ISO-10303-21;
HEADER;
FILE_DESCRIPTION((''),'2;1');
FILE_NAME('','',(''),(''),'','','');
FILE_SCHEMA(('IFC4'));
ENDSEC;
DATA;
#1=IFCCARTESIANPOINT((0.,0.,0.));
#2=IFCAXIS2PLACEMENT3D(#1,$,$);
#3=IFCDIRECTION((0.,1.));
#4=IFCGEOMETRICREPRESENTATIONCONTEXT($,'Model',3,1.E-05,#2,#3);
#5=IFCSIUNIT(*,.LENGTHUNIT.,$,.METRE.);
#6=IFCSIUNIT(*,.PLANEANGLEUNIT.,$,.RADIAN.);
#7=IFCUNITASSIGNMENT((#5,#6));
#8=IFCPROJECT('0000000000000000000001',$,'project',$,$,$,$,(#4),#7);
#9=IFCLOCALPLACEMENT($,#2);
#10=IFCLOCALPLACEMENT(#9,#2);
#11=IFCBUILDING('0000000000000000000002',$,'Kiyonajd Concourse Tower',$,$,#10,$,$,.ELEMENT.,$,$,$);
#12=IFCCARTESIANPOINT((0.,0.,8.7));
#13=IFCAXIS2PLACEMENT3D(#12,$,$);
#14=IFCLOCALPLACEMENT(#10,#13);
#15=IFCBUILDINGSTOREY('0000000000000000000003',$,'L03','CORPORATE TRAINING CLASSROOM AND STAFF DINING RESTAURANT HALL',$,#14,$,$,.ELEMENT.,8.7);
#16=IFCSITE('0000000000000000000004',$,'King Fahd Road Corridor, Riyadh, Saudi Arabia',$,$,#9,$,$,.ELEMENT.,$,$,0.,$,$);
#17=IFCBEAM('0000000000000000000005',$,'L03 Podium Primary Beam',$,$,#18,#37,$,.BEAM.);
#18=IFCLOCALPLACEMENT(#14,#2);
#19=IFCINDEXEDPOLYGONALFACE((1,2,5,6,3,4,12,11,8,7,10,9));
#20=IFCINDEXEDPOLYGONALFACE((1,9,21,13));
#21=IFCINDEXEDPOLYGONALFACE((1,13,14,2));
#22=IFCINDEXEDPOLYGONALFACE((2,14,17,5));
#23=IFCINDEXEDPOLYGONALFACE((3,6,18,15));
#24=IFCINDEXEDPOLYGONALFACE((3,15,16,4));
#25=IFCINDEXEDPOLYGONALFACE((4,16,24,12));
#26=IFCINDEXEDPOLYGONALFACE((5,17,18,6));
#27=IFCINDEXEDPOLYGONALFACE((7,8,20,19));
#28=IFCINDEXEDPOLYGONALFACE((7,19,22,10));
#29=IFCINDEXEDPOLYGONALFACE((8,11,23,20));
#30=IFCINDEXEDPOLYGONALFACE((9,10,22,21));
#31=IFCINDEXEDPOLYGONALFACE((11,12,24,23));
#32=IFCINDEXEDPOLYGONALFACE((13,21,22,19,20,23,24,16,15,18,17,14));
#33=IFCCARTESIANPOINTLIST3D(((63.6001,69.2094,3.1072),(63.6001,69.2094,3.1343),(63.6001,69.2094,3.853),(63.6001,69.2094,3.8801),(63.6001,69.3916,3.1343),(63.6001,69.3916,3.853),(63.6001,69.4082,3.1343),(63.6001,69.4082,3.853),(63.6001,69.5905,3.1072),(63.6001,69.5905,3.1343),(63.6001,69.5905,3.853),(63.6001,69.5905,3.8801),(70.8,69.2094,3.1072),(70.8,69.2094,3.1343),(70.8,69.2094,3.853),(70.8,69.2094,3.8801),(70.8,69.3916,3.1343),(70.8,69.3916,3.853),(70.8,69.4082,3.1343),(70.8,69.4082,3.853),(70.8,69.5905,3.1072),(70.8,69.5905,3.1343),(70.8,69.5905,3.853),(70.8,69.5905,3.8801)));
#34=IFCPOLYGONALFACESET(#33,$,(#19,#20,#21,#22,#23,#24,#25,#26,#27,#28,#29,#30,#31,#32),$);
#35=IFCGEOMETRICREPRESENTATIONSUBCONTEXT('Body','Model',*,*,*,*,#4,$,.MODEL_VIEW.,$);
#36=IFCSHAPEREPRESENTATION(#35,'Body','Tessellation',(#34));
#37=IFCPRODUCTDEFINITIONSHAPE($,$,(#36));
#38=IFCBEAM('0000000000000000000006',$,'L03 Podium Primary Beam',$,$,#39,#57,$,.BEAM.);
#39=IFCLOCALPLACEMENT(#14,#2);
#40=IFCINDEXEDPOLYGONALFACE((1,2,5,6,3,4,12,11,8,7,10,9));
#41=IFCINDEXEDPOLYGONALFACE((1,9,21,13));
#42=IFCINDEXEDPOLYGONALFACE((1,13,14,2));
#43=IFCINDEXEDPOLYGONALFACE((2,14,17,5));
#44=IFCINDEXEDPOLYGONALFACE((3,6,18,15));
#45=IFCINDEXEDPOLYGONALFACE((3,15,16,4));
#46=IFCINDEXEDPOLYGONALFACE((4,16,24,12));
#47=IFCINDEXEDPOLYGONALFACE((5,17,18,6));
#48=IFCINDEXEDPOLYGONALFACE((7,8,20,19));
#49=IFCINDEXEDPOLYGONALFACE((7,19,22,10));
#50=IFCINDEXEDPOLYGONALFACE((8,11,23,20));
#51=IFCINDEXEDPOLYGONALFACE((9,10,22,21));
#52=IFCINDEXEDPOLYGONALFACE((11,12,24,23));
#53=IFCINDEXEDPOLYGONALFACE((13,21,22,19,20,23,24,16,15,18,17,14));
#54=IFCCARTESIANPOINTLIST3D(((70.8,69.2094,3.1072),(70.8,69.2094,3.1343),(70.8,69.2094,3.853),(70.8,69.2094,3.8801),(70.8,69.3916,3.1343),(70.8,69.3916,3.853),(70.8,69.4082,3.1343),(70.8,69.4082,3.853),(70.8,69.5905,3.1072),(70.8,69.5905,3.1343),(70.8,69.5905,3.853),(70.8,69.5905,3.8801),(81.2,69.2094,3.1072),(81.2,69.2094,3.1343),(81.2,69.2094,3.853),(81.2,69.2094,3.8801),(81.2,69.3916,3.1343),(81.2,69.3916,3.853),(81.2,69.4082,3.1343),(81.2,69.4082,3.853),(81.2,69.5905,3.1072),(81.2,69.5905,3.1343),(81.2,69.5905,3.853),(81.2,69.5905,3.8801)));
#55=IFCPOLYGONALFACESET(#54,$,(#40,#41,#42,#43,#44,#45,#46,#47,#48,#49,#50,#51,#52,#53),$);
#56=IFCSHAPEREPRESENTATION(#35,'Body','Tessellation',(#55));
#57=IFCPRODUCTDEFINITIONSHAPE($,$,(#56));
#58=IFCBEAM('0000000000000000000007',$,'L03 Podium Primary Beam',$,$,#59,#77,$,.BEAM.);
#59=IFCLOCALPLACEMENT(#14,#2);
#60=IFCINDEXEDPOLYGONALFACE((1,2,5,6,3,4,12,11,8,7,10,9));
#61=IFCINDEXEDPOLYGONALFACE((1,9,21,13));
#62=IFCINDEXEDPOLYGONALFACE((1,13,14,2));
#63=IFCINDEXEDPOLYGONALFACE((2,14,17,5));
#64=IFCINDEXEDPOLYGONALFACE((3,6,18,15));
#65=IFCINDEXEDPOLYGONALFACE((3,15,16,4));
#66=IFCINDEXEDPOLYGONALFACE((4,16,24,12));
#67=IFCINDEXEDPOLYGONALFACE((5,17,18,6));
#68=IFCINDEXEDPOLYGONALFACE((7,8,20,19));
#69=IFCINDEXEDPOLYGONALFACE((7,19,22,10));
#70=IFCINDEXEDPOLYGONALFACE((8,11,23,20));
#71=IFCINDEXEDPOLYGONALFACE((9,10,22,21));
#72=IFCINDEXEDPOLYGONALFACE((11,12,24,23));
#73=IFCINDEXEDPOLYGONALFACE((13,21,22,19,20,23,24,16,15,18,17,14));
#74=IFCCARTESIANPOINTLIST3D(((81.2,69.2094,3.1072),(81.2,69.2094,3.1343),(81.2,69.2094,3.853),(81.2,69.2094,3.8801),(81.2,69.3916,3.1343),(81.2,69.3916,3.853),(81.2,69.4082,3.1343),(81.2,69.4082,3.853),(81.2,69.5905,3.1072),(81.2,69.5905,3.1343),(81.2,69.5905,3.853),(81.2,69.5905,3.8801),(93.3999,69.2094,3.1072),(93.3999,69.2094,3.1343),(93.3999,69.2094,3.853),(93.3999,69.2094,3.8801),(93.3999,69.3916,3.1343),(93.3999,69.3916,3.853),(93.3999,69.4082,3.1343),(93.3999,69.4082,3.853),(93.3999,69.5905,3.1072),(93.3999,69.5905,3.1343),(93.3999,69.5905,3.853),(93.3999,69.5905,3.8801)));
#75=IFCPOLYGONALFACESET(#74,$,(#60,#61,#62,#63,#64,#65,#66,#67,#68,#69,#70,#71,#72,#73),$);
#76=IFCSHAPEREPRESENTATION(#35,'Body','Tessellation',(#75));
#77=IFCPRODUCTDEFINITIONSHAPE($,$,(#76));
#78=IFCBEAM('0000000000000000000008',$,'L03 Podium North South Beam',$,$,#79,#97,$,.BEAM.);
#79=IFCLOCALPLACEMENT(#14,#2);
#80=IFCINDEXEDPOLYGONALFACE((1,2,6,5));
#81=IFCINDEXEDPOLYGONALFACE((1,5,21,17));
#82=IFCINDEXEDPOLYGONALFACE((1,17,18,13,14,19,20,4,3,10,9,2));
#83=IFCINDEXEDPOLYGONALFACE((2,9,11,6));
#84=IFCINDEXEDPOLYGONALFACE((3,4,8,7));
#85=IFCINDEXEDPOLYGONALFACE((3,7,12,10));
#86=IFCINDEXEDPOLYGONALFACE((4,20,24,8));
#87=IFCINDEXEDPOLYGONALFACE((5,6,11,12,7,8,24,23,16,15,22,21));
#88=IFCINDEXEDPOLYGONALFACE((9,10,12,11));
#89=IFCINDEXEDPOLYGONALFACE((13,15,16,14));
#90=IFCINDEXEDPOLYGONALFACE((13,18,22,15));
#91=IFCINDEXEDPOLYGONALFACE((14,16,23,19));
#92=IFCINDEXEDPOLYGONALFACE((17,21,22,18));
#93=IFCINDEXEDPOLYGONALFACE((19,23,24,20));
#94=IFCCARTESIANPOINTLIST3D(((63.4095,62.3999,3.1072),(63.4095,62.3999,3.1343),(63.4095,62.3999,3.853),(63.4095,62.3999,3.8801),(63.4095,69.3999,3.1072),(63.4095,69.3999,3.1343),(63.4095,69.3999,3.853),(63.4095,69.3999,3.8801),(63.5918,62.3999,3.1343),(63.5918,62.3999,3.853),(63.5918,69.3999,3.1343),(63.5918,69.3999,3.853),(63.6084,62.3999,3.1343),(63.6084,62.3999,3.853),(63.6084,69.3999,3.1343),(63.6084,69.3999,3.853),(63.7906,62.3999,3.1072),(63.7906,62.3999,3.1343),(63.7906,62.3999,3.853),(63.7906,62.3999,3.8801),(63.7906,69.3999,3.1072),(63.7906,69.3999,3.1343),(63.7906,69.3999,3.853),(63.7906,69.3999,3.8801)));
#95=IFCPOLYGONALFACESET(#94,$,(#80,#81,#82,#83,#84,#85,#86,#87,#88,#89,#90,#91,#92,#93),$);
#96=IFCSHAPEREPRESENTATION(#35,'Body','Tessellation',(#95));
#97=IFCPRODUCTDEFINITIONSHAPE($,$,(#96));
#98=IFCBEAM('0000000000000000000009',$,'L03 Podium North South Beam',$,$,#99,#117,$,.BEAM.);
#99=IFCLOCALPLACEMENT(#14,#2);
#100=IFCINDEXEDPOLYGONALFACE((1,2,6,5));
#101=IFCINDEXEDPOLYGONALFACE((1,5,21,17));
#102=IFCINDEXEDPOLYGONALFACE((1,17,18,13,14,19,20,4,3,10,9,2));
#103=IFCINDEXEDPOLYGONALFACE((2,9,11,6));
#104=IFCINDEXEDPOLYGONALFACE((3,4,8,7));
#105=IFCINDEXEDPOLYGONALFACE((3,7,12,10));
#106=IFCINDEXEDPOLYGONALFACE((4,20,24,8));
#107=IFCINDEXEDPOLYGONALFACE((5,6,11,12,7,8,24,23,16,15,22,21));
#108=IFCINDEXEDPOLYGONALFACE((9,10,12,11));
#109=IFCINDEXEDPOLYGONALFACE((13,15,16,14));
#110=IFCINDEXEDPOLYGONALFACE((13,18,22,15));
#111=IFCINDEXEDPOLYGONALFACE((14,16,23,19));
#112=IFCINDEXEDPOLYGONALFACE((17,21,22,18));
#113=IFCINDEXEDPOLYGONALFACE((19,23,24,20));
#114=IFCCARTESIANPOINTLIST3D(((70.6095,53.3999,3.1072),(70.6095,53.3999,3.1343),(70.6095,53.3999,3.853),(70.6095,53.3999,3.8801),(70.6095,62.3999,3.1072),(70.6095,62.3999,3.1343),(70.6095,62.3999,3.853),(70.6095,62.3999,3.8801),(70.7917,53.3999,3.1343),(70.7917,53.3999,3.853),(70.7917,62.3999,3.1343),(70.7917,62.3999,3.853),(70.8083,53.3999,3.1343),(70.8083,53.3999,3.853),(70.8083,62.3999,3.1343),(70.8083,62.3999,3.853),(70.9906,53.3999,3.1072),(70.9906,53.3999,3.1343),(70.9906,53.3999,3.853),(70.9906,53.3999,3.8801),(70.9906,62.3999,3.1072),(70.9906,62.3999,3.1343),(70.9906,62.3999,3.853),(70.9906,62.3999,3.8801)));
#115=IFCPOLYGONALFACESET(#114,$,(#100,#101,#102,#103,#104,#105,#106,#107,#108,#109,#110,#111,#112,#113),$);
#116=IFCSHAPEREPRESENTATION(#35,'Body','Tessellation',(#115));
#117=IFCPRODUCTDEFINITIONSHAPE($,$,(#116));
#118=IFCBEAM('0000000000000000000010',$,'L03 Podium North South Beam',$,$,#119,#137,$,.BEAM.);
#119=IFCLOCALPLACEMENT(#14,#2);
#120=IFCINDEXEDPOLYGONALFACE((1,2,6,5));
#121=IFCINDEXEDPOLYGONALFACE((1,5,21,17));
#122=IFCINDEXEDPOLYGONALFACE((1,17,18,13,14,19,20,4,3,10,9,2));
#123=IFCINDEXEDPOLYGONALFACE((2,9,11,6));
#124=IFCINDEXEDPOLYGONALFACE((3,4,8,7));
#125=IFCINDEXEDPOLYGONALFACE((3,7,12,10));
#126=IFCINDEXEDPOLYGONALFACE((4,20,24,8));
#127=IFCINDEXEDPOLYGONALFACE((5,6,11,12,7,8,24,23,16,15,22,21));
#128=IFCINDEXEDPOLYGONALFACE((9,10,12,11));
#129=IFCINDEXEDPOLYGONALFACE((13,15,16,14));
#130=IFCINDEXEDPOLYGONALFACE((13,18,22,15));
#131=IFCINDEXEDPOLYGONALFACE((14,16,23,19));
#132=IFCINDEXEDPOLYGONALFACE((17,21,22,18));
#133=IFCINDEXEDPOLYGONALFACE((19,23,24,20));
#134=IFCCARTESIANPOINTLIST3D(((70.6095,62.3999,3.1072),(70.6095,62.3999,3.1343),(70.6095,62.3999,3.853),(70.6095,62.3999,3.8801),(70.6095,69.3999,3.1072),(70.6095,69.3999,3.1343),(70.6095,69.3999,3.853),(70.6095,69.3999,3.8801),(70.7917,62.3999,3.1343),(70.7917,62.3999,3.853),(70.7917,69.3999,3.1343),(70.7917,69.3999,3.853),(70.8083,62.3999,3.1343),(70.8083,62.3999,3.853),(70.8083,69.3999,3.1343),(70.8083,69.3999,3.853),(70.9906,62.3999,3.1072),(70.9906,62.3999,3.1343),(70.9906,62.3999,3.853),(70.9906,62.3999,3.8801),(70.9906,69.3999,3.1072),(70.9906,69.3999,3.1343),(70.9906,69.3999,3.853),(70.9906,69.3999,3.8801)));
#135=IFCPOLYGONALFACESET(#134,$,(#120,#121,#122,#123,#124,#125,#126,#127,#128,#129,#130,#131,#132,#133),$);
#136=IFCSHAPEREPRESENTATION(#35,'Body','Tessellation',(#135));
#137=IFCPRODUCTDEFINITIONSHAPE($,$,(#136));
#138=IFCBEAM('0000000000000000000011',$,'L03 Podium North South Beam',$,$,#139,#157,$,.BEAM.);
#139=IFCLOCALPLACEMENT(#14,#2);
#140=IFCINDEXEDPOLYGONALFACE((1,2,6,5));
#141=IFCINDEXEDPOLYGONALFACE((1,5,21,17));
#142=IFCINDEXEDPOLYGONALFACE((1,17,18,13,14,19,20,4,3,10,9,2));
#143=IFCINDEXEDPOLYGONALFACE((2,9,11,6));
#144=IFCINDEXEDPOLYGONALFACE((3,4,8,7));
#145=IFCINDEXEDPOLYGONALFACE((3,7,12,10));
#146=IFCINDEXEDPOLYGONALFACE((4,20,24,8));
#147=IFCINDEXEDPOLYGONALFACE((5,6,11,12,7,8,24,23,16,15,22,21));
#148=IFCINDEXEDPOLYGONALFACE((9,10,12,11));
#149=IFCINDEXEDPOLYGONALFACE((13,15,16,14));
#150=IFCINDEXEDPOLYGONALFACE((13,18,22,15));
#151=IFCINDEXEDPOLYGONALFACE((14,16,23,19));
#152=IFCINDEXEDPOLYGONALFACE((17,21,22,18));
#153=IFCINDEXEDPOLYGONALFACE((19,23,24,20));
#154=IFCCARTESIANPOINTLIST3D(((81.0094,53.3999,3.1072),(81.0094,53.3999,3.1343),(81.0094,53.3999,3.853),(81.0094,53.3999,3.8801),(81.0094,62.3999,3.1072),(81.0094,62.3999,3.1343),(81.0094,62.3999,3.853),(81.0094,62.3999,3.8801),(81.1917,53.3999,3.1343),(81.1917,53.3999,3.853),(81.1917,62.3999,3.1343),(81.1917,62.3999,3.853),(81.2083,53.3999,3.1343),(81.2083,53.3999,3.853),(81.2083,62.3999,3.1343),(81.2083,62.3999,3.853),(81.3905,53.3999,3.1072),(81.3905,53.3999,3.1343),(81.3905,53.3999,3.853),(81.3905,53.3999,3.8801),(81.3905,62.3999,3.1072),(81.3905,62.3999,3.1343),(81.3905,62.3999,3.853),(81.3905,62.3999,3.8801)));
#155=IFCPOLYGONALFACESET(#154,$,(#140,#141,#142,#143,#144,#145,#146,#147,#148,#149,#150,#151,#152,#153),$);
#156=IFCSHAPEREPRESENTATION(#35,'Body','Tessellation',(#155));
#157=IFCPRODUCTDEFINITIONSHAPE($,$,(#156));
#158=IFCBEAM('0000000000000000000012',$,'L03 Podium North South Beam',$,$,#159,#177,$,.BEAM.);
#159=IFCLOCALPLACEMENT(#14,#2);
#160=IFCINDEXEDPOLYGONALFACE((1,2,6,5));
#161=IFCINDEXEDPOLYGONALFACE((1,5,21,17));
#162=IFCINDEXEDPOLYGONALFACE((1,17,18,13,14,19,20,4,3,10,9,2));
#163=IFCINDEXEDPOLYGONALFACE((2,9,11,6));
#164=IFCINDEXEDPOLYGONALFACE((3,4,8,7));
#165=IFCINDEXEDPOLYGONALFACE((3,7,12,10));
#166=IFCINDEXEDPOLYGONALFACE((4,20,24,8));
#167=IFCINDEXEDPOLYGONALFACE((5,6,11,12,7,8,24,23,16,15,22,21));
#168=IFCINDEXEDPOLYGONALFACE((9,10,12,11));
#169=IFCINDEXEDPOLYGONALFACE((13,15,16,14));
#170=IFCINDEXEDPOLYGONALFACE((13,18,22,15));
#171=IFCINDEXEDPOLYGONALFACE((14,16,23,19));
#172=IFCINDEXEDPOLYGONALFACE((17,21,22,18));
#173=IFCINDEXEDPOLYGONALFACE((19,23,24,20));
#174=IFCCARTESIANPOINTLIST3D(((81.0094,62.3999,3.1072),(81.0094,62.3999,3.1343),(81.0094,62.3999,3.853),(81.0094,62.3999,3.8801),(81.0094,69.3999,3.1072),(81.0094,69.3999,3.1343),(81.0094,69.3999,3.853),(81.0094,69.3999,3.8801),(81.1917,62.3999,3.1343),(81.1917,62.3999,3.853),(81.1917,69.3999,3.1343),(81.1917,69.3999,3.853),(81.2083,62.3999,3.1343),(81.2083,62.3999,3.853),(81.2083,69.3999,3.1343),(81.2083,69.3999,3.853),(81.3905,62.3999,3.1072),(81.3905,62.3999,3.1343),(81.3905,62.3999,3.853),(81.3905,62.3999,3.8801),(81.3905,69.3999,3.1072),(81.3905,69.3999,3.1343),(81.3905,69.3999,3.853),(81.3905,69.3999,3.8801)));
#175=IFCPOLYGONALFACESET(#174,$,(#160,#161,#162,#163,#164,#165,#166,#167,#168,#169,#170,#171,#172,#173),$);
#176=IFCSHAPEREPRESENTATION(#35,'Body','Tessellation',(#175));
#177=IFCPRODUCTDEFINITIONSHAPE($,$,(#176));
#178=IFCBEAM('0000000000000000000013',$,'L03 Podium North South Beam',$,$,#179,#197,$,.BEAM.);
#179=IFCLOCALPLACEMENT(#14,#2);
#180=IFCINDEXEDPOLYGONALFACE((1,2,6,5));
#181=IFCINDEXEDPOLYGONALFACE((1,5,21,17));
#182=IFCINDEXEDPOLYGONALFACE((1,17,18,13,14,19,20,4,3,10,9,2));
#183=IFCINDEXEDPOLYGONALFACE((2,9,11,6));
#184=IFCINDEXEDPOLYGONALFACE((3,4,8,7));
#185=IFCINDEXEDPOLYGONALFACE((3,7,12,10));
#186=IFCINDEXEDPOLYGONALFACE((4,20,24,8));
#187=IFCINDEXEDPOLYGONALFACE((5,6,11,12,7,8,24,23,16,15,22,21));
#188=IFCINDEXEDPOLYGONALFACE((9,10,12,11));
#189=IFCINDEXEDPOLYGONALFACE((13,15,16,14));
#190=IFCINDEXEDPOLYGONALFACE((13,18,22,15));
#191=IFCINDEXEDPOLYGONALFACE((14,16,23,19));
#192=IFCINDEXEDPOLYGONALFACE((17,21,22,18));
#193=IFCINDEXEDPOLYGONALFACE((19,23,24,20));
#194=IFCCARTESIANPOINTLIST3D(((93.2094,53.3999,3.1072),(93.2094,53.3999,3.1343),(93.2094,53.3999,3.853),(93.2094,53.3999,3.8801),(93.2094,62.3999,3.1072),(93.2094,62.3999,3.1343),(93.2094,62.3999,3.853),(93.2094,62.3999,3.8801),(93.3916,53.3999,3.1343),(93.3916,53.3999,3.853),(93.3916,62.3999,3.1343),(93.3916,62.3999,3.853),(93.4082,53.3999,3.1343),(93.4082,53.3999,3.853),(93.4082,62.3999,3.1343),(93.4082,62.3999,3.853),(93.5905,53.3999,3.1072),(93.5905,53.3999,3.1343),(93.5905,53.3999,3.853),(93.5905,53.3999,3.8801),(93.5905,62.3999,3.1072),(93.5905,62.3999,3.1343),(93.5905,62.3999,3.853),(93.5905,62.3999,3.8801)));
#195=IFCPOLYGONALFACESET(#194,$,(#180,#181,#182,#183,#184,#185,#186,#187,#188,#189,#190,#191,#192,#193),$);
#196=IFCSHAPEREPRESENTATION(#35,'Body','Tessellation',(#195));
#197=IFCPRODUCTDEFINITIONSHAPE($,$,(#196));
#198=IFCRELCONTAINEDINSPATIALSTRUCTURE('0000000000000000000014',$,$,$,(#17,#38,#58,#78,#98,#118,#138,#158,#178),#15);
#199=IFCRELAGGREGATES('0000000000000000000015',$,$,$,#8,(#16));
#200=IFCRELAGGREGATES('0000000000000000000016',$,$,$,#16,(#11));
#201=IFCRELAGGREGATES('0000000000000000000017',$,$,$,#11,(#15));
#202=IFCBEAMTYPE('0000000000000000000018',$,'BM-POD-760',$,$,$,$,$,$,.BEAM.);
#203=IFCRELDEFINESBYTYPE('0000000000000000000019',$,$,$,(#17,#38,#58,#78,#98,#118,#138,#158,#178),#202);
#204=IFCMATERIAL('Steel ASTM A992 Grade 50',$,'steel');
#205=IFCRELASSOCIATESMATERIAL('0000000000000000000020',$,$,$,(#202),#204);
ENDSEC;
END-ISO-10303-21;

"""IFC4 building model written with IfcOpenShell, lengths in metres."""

from ifc_helpers import new_model, si_unit, direction, frame, origin, origin_2d, place, context, subcontext, project, spatial, i_section, extrude, material, material_profile, profile_set, type_object, element, save


model = new_model("IFC4")

# Units and contexts
model_context = context("Model", 3, precision=1e-05, world=origin(), true_north=direction((0.0, 1.0)))
body_context = subcontext(model_context, "Body", "Model", "MODEL_VIEW")
ifc_project = project(units=[si_unit("LENGTHUNIT", "METRE"), si_unit("PLANEANGLEUNIT", "RADIAN")], contexts=[model_context])

# Site, building, storey
site_placement = place(None, origin())
site = spatial("IfcSite", under=ifc_project, at=site_placement, Name="King Fahd Road Corridor, Riyadh, Saudi Arabia", CompositionType="ELEMENT", RefElevation=0.0)
building_placement = place(site_placement, origin())
building = spatial("IfcBuilding", under=site, at=building_placement, Name="Kiyonajd Concourse Tower", CompositionType="ELEMENT")
storey_placement = place(building_placement, frame((0.0, 0.0, 8.7)))
storey = spatial("IfcBuildingStorey", under=building, at=storey_placement, Name="L03", Description="CORPORATE TRAINING CLASSROOM AND STAFF DINING RESTAURANT HALL", CompositionType="ELEMENT", Elevation=8.7)

# Beams
ifc_material_1 = material(Name="Steel ASTM A992 Grade 50", Category="steel")
ifc_material_profile_1 = material_profile(ifc_material_1, i_section(OverallWidth=0.3811, OverallDepth=0.7729, WebThickness=0.0166, FlangeThickness=0.0271, at=origin_2d()), Name="W760X257")
ifc_profile_set_1 = profile_set([ifc_material_profile_1], Name="Steel ASTM A992 Grade 50")
beam_type = type_object("IfcBeamType", Name="BM-POD-760", PredefinedType="BEAM", material=ifc_profile_set_1)
beam_1_placement = place(storey_placement, frame((63.6001, 69.3999, 3.4937), z_axis=(1.0, 0.0, 0.0), x_axis=(0.0, 1.0, 0.0)))
element("IfcBeam", 1, at=beam_1_placement, inside=storey, type_object=beam_type, Name="L03 Podium Primary Beam", PredefinedType="BEAM", context=body_context, shape_type="SweptSolid", body=[
    extrude(i_section(OverallWidth=0.3811, OverallDepth=0.7729, WebThickness=0.0166, FlangeThickness=0.0271, at=origin_2d()), origin(), (0.0, 0.0, 1.0), 7.2),
])
beam_2_placement = place(storey_placement, frame((70.8, 69.3999, 3.4937), z_axis=(1.0, 0.0, 0.0), x_axis=(0.0, 1.0, 0.0)))
element("IfcBeam", 2, at=beam_2_placement, inside=storey, type_object=beam_type, Name="L03 Podium Primary Beam", PredefinedType="BEAM", context=body_context, shape_type="SweptSolid", body=[
    extrude(i_section(OverallWidth=0.3811, OverallDepth=0.7729, WebThickness=0.0166, FlangeThickness=0.0271, at=origin_2d()), origin(), (0.0, 0.0, 1.0), 10.3999),
])
beam_3_placement = place(storey_placement, frame((81.2, 69.3999, 3.4937), z_axis=(1.0, 0.0, 0.0), x_axis=(0.0, 1.0, 0.0)))
element("IfcBeam", 3, at=beam_3_placement, inside=storey, type_object=beam_type, Name="L03 Podium Primary Beam", PredefinedType="BEAM", context=body_context, shape_type="SweptSolid", body=[
    extrude(i_section(OverallWidth=0.3811, OverallDepth=0.7729, WebThickness=0.0166, FlangeThickness=0.0271, at=origin_2d()), origin(), (0.0, 0.0, 1.0), 12.2),
])
beam_4_placement = place(storey_placement, frame((63.6001, 62.3999, 3.4937), z_axis=(0.0, 1.0, 0.0), x_axis=(-1.0, 0.0, 0.0)))
element("IfcBeam", 4, at=beam_4_placement, inside=storey, type_object=beam_type, Name="L03 Podium North South Beam", PredefinedType="BEAM", context=body_context, shape_type="SweptSolid", body=[
    extrude(i_section(OverallWidth=0.3811, OverallDepth=0.7729, WebThickness=0.0166, FlangeThickness=0.0271, at=origin_2d()), origin(), (0.0, 0.0, 1.0), 7.0),
])
beam_5_placement = place(storey_placement, frame((70.8, 53.3999, 3.4937), z_axis=(0.0, 1.0, 0.0), x_axis=(-1.0, 0.0, 0.0)))
element("IfcBeam", 5, at=beam_5_placement, inside=storey, type_object=beam_type, Name="L03 Podium North South Beam", PredefinedType="BEAM", context=body_context, shape_type="SweptSolid", body=[
    extrude(i_section(OverallWidth=0.3811, OverallDepth=0.7729, WebThickness=0.0166, FlangeThickness=0.0271, at=origin_2d()), origin(), (0.0, 0.0, 1.0), 9.0),
])
beam_6_placement = place(storey_placement, frame((70.8, 62.3999, 3.4937), z_axis=(0.0, 1.0, 0.0), x_axis=(-1.0, 0.0, 0.0)))
element("IfcBeam", 6, at=beam_6_placement, inside=storey, type_object=beam_type, Name="L03 Podium North South Beam", PredefinedType="BEAM", context=body_context, shape_type="SweptSolid", body=[
    extrude(i_section(OverallWidth=0.3811, OverallDepth=0.7729, WebThickness=0.0166, FlangeThickness=0.0271, at=origin_2d()), origin(), (0.0, 0.0, 1.0), 7.0),
])
beam_7_placement = place(storey_placement, frame((81.2, 53.3999, 3.4937), z_axis=(0.0, 1.0, 0.0), x_axis=(-1.0, 0.0, 0.0)))
element("IfcBeam", 7, at=beam_7_placement, inside=storey, type_object=beam_type, Name="L03 Podium North South Beam", PredefinedType="BEAM", context=body_context, shape_type="SweptSolid", body=[
    extrude(i_section(OverallWidth=0.3811, OverallDepth=0.7729, WebThickness=0.0166, FlangeThickness=0.0271, at=origin_2d()), origin(), (0.0, 0.0, 1.0), 9.0),
])
beam_8_placement = place(storey_placement, frame((81.2, 62.3999, 3.4937), z_axis=(0.0, 1.0, 0.0), x_axis=(-1.0, 0.0, 0.0)))
element("IfcBeam", 8, at=beam_8_placement, inside=storey, type_object=beam_type, Name="L03 Podium North South Beam", PredefinedType="BEAM", context=body_context, shape_type="SweptSolid", body=[
    extrude(i_section(OverallWidth=0.3811, OverallDepth=0.7729, WebThickness=0.0166, FlangeThickness=0.0271, at=origin_2d()), origin(), (0.0, 0.0, 1.0), 7.0),
])
beam_9_placement = place(storey_placement, frame((93.3999, 53.3999, 3.4937), z_axis=(0.0, 1.0, 0.0), x_axis=(-1.0, 0.0, 0.0)))
element("IfcBeam", 9, at=beam_9_placement, inside=storey, type_object=beam_type, Name="L03 Podium North South Beam", PredefinedType="BEAM", context=body_context, shape_type="SweptSolid", body=[
    extrude(i_section(OverallWidth=0.3811, OverallDepth=0.7729, WebThickness=0.0166, FlangeThickness=0.0271, at=origin_2d()), origin(), (0.0, 0.0, 1.0), 9.0),
])

save(model, "model.ifc")
